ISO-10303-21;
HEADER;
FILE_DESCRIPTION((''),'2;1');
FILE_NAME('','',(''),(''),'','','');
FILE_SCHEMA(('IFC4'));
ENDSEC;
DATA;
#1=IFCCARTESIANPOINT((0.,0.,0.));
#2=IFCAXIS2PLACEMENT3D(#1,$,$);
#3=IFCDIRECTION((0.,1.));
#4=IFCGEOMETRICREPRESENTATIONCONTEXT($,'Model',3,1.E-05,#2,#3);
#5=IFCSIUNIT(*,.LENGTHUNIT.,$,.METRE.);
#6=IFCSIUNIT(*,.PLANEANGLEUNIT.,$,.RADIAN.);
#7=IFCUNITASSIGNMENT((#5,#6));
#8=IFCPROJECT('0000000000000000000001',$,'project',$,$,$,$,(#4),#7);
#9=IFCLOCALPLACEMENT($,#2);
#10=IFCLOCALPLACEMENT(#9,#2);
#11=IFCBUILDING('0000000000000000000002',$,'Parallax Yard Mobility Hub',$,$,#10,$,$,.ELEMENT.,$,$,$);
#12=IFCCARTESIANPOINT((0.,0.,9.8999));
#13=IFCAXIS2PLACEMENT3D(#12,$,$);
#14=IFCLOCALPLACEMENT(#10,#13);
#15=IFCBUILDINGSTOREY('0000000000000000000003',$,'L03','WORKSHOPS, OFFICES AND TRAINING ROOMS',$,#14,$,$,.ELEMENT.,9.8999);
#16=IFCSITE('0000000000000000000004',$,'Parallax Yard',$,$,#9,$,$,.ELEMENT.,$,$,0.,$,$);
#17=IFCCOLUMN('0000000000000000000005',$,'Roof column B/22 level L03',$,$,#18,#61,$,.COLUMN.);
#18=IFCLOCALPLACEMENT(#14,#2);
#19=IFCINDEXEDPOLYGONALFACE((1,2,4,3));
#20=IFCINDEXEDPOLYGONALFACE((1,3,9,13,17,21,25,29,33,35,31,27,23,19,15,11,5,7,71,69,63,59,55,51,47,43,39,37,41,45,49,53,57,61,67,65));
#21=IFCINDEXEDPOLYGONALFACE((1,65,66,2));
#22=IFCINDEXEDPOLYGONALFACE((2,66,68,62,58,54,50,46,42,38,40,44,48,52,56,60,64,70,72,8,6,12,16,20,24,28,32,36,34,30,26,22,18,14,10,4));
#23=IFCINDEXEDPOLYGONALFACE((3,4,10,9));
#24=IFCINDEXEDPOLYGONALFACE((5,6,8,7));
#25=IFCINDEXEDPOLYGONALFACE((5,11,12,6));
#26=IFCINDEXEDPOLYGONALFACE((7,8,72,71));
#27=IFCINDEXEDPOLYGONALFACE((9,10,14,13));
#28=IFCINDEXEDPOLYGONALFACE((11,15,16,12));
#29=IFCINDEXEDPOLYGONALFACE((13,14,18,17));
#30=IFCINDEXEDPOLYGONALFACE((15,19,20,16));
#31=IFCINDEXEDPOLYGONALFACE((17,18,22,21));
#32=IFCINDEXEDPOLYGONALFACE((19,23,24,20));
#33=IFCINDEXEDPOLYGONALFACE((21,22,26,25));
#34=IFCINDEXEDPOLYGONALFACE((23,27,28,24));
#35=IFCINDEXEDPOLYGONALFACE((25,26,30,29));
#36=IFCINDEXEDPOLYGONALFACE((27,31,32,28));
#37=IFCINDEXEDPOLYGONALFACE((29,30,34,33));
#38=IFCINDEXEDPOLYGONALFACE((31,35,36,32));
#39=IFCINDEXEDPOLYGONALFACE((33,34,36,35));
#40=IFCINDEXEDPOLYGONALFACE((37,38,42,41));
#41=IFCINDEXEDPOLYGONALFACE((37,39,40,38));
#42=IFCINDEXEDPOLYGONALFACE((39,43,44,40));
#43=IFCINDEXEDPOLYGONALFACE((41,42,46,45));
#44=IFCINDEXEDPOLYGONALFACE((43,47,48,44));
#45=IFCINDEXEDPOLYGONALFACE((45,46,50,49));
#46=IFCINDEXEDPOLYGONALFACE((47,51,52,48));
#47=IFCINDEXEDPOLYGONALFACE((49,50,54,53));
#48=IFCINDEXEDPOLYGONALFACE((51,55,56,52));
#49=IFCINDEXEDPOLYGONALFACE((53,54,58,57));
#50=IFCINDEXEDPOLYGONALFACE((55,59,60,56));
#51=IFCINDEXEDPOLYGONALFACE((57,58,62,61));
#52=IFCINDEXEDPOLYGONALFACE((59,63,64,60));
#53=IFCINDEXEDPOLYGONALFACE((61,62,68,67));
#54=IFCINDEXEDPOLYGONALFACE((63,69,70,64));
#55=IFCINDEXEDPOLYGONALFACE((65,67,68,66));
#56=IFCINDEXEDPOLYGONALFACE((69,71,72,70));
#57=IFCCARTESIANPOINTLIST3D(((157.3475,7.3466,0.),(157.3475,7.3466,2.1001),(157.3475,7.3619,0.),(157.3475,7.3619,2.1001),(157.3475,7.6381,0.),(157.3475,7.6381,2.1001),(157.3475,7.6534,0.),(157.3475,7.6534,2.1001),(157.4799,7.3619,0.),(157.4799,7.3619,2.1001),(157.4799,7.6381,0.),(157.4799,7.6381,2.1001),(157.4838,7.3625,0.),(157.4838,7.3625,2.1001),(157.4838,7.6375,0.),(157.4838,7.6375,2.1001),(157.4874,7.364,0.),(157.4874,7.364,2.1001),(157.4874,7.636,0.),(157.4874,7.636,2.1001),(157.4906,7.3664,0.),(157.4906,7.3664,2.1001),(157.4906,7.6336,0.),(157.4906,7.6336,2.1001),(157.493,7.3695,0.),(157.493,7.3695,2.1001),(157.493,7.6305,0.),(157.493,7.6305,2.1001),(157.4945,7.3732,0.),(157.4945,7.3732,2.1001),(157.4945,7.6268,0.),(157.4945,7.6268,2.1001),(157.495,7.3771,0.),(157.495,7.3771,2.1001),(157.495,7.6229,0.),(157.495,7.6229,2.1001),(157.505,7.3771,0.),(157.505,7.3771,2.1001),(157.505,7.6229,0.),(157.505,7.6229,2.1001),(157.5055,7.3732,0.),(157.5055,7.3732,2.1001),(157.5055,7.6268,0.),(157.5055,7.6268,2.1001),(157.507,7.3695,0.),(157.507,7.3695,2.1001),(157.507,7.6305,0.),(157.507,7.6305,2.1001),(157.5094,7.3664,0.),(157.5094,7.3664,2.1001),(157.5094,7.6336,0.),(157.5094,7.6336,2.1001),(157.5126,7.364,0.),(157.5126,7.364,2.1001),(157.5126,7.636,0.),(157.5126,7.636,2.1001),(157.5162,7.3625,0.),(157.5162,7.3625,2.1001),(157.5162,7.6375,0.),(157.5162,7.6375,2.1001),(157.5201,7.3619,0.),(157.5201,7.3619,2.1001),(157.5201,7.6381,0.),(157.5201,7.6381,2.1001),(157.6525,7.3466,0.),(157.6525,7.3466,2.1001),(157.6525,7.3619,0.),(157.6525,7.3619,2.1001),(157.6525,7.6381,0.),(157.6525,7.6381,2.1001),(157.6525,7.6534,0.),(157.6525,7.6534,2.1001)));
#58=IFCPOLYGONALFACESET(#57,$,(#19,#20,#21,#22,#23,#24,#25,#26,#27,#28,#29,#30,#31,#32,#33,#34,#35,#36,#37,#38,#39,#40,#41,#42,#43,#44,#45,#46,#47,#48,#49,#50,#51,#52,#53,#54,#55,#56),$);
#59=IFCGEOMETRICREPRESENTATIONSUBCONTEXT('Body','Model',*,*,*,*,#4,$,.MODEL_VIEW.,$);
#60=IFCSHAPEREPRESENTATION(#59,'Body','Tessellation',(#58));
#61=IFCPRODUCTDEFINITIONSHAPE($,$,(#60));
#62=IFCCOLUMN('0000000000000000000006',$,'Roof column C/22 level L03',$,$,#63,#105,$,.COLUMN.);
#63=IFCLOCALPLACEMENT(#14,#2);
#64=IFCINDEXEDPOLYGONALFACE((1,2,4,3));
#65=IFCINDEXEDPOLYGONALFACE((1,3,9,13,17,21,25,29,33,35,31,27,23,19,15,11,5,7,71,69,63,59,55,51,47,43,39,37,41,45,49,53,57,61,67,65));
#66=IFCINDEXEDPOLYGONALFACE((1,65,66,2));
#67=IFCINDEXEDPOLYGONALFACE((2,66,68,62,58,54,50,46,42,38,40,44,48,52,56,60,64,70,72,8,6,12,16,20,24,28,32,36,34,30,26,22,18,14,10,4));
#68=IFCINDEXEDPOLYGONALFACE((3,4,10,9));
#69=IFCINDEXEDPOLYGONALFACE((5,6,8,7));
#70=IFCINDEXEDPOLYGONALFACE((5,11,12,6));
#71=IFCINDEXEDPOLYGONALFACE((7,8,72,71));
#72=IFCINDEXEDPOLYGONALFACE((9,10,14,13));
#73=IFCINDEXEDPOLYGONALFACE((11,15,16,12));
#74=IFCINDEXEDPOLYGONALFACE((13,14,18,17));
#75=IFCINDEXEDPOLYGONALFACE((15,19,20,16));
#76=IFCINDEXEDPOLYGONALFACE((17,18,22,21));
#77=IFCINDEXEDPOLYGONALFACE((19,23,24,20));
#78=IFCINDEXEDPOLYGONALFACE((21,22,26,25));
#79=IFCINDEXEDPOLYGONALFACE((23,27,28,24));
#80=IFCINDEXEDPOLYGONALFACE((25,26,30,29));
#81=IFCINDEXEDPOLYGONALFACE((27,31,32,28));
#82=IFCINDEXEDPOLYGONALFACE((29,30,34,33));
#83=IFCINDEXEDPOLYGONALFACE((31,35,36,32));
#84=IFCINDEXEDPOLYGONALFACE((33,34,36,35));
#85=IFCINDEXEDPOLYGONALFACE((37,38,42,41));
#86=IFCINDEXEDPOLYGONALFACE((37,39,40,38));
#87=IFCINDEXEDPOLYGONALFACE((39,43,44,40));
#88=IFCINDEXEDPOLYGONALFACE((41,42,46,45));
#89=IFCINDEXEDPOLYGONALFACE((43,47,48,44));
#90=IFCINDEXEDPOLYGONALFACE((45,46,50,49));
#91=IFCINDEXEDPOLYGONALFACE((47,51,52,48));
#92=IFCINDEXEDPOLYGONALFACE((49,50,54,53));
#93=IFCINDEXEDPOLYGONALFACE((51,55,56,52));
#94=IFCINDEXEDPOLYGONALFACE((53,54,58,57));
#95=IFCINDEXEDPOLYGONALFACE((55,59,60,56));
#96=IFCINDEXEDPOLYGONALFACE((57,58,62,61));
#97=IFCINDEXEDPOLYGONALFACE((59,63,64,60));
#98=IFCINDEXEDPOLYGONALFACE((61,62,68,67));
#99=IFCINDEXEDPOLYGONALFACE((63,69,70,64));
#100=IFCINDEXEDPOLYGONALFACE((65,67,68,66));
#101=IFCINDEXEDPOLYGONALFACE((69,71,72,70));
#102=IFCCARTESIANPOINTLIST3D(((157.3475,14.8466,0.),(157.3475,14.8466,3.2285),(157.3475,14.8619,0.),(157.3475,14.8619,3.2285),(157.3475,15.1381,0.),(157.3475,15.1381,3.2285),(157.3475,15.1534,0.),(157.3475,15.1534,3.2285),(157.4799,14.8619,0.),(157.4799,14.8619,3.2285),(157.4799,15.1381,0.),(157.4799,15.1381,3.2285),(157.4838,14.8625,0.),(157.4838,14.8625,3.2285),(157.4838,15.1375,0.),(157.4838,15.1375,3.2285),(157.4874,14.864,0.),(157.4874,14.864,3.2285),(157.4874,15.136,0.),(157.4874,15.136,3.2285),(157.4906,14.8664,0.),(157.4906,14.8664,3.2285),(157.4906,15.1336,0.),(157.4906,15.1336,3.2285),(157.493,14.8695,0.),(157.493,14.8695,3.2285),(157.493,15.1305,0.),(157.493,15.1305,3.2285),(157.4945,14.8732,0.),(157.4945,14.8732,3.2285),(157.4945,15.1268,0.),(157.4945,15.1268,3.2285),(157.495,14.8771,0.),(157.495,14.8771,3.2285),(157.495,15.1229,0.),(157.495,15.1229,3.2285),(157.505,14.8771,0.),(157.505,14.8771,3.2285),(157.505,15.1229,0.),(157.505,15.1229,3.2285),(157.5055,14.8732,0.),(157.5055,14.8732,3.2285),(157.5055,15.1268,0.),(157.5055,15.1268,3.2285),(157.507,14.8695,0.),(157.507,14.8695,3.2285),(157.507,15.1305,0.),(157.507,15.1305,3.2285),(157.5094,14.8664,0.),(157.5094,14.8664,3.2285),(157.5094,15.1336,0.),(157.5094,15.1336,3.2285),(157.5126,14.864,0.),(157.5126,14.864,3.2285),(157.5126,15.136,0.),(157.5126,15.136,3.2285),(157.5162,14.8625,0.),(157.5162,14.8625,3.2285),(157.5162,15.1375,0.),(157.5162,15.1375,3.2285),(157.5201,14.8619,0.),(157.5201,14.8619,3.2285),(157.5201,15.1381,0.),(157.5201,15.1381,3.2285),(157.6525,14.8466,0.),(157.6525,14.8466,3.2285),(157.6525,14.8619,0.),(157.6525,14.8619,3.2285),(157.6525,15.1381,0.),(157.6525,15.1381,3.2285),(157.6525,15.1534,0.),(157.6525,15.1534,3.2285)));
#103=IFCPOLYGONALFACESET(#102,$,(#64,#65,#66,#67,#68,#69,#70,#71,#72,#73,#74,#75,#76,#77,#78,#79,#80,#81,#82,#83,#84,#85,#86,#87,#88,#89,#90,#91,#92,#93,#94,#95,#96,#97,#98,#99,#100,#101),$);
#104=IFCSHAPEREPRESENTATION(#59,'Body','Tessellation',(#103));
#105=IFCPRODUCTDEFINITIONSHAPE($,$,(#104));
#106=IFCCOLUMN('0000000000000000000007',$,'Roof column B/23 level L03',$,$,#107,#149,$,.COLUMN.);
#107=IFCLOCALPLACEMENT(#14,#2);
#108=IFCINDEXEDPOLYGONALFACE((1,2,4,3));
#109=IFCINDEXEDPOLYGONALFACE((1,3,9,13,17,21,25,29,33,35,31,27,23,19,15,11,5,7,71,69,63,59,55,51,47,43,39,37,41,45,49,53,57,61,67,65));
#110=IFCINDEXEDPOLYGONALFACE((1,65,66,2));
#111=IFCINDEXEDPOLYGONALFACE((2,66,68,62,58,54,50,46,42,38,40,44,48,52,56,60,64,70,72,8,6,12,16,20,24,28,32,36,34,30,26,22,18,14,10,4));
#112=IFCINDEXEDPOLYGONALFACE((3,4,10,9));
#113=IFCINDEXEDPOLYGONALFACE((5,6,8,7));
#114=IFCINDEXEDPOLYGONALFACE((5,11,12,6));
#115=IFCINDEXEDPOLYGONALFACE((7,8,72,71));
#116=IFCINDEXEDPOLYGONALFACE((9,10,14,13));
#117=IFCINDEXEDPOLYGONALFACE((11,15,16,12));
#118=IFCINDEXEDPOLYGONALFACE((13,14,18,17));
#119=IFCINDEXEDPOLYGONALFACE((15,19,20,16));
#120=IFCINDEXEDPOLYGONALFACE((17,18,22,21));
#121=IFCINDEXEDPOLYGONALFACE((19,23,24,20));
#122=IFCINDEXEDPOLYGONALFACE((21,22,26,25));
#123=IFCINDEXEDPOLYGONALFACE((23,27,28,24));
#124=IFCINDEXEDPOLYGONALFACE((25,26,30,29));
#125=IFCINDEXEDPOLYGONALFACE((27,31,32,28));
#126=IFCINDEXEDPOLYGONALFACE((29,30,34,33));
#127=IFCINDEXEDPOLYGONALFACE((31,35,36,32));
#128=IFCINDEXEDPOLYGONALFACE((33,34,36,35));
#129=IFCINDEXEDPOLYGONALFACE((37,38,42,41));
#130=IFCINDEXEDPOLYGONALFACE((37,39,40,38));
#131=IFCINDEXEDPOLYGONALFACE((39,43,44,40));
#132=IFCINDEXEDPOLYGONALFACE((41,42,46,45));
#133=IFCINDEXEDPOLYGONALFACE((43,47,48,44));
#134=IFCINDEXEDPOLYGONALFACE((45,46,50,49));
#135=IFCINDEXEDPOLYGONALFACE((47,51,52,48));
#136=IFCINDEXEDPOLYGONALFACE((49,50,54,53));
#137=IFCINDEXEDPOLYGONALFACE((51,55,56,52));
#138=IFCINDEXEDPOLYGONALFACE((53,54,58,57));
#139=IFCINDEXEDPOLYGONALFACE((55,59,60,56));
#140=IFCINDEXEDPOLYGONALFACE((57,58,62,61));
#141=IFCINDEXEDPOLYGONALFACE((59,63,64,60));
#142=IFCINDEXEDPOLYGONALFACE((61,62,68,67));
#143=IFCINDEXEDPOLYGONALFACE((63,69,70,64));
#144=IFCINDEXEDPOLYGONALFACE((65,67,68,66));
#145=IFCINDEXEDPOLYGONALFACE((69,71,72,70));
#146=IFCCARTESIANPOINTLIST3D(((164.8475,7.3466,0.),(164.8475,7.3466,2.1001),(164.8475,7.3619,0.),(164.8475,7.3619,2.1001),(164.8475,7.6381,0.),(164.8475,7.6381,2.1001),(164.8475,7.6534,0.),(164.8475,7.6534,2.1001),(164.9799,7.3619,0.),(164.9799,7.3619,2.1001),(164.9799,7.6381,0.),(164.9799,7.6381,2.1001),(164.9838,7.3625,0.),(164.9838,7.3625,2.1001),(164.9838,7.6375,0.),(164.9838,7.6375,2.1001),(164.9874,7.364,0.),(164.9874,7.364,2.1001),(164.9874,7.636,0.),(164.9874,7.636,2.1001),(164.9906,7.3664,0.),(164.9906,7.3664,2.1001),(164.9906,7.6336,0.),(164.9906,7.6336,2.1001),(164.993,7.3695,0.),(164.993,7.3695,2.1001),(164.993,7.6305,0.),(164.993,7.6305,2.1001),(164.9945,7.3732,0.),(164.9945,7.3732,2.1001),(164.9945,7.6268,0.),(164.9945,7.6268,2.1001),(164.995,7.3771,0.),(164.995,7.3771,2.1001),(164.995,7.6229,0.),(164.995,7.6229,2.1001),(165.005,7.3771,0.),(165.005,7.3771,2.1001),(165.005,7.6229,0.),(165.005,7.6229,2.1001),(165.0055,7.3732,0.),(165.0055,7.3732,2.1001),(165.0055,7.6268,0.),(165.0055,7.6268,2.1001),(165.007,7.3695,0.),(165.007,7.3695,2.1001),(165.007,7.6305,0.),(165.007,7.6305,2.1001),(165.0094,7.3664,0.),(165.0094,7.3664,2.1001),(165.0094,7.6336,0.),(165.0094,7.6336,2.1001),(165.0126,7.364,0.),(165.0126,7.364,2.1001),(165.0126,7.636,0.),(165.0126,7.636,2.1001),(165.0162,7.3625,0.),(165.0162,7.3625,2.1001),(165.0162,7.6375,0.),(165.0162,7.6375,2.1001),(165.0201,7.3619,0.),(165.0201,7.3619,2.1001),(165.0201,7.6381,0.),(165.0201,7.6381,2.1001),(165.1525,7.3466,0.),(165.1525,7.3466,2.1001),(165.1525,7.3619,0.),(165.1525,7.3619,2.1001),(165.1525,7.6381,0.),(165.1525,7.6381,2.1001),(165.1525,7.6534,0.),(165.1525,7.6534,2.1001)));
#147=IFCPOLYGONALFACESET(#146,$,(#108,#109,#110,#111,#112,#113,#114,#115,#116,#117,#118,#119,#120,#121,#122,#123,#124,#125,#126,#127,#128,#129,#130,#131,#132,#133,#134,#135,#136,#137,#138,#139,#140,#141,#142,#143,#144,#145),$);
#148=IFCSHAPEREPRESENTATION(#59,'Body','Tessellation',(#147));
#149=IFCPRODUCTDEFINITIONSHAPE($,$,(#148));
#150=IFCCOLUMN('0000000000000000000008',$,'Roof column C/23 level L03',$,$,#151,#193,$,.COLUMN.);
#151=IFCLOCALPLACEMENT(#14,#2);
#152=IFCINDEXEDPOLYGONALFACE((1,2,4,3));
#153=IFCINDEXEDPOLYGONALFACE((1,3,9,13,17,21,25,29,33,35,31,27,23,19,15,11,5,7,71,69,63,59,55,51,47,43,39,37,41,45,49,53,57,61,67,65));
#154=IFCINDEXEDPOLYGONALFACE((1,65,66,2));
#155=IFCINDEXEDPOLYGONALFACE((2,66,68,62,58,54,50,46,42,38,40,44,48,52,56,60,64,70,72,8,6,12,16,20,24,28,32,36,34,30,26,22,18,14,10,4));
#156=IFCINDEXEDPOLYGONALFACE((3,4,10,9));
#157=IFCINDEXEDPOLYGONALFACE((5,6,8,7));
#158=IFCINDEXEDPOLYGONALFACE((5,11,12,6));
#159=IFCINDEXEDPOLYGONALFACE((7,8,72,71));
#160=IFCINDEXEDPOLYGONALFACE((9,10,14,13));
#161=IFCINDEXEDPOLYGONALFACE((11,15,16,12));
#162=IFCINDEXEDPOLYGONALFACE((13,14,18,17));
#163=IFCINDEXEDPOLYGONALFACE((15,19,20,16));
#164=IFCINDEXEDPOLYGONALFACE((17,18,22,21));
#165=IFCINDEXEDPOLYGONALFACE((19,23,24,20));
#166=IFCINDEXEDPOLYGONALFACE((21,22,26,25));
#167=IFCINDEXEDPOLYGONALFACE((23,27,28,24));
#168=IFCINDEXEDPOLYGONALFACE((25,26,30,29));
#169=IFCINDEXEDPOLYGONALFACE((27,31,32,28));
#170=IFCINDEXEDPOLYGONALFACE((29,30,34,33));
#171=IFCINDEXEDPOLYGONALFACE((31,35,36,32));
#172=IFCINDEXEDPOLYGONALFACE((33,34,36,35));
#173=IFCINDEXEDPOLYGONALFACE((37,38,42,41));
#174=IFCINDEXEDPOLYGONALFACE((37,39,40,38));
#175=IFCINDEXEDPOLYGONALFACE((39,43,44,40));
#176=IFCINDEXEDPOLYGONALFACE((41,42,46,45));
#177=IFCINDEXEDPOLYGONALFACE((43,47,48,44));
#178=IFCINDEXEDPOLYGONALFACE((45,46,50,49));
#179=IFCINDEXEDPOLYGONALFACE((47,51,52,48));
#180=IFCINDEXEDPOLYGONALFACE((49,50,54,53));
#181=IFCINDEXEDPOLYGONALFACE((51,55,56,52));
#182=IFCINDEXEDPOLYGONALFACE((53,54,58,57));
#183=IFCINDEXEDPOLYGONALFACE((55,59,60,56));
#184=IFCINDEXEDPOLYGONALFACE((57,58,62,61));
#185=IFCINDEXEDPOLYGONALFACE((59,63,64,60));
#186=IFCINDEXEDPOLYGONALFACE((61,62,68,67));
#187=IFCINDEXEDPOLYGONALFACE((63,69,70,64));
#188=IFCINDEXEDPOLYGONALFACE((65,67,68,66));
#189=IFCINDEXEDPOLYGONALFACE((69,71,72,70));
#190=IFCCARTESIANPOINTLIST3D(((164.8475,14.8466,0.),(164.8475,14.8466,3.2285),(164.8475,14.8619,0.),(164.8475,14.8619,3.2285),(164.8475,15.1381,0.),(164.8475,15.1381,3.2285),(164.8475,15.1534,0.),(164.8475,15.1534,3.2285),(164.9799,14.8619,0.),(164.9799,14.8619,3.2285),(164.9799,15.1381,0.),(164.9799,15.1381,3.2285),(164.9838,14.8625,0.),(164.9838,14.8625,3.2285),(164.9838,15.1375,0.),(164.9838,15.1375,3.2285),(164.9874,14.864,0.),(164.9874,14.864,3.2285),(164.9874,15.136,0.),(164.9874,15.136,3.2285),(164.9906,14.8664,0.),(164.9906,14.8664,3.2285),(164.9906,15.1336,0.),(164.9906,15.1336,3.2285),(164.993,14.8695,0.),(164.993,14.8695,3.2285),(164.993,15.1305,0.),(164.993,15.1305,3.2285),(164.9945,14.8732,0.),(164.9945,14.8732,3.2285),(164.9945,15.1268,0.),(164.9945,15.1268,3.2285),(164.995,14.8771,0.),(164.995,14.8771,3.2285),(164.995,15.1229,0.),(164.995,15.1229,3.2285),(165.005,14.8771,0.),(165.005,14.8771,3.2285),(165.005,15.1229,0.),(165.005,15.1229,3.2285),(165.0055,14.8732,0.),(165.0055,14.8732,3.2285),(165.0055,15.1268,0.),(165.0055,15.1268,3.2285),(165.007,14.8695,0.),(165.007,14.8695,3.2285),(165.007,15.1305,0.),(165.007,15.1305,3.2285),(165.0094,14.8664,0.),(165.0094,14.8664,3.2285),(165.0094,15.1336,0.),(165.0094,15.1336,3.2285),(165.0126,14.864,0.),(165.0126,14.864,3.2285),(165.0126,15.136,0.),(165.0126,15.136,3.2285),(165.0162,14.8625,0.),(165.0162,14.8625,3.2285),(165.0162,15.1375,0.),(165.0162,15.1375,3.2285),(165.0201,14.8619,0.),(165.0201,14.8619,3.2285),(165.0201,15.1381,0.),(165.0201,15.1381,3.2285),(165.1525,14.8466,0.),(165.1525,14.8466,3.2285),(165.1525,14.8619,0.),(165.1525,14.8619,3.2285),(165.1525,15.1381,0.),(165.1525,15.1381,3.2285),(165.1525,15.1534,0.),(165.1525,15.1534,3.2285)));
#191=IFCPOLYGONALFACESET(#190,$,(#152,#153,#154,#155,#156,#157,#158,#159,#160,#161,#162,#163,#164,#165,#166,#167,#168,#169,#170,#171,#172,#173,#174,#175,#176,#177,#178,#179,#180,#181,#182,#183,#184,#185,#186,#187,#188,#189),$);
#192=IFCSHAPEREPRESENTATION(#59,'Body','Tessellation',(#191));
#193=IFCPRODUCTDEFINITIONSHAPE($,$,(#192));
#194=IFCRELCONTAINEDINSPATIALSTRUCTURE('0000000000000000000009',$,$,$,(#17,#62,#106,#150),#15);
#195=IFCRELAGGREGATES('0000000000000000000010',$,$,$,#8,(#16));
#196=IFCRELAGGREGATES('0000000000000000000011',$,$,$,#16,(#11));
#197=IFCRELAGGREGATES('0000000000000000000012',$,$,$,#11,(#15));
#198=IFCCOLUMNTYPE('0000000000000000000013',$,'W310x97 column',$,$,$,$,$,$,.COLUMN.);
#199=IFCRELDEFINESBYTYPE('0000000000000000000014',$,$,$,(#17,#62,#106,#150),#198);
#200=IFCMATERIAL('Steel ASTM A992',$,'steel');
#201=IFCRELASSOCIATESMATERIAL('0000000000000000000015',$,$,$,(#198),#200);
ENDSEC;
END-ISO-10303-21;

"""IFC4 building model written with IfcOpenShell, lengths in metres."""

from ifc_helpers import new_model, si_unit, direction, frame, origin, origin_2d, place, context, subcontext, project, spatial, i_section, extrude, material, material_profile, profile_set, type_object, element, save


model = new_model("IFC4")

# Units and contexts
model_context = context("Model", 3, precision=1e-05, world=origin(), true_north=direction((0.0, 1.0)))
body_context = subcontext(model_context, "Body", "Model", "MODEL_VIEW")
ifc_project = project(units=[si_unit("LENGTHUNIT", "METRE"), si_unit("PLANEANGLEUNIT", "RADIAN")], contexts=[model_context])

# Site, building, storey
site_placement = place(None, origin())
site = spatial("IfcSite", under=ifc_project, at=site_placement, Name="Parallax Yard", CompositionType="ELEMENT", RefElevation=0.0)
building_placement = place(site_placement, origin())
building = spatial("IfcBuilding", under=site, at=building_placement, Name="Parallax Yard Mobility Hub", CompositionType="ELEMENT")
storey_placement = place(building_placement, frame((0.0, 0.0, 9.8999)))
storey = spatial("IfcBuildingStorey", under=building, at=storey_placement, Name="L03", Description="WORKSHOPS, OFFICES AND TRAINING ROOMS", CompositionType="ELEMENT", Elevation=9.8999)

# Columns
ifc_material_1 = material(Name="Steel ASTM A992", Category="steel")
ifc_material_profile_1 = material_profile(ifc_material_1, i_section(OverallWidth=0.3049, OverallDepth=0.3069, WebThickness=0.01, FlangeThickness=0.0154, FilletRadius=0.0151, at=origin_2d()), Name="W310x97")
ifc_profile_set_1 = profile_set([ifc_material_profile_1], Name="Steel ASTM A992")
column_type = type_object("IfcColumnType", Name="W310x97 column", PredefinedType="COLUMN", material=ifc_profile_set_1)
column_1_placement = place(storey_placement, frame((157.5, 7.5, 0.0), z_axis=(0.0, 0.0, 1.0), x_axis=(1.0, 0.0, 0.0)))
element("IfcColumn", 1, at=column_1_placement, inside=storey, type_object=column_type, Name="Roof column B/22 level L03", PredefinedType="COLUMN", context=body_context, shape_type="SweptSolid", body=[
    extrude(i_section(OverallWidth=0.3049, OverallDepth=0.3069, WebThickness=0.01, FlangeThickness=0.0154, FilletRadius=0.0151, at=origin_2d()), origin(), (0.0, 0.0, 1.0), 2.1001),
])
column_2_placement = place(storey_placement, frame((157.5, 15.0, 0.0), z_axis=(0.0, 0.0, 1.0), x_axis=(1.0, 0.0, 0.0)))
element("IfcColumn", 2, at=column_2_placement, inside=storey, type_object=column_type, Name="Roof column C/22 level L03", PredefinedType="COLUMN", context=body_context, shape_type="SweptSolid", body=[
    extrude(i_section(OverallWidth=0.3049, OverallDepth=0.3069, WebThickness=0.01, FlangeThickness=0.0154, FilletRadius=0.0151, at=origin_2d()), origin(), (0.0, 0.0, 1.0), 3.2285),
])
column_3_placement = place(storey_placement, frame((165.0, 7.5, 0.0), z_axis=(0.0, 0.0, 1.0), x_axis=(1.0, 0.0, 0.0)))
element("IfcColumn", 3, at=column_3_placement, inside=storey, type_object=column_type, Name="Roof column B/23 level L03", PredefinedType="COLUMN", context=body_context, shape_type="SweptSolid", body=[
    extrude(i_section(OverallWidth=0.3049, OverallDepth=0.3069, WebThickness=0.01, FlangeThickness=0.0154, FilletRadius=0.0151, at=origin_2d()), origin(), (0.0, 0.0, 1.0), 2.1001),
])
column_4_placement = place(storey_placement, frame((165.0, 15.0, 0.0), z_axis=(0.0, 0.0, 1.0), x_axis=(1.0, 0.0, 0.0)))
element("IfcColumn", 4, at=column_4_placement, inside=storey, type_object=column_type, Name="Roof column C/23 level L03", PredefinedType="COLUMN", context=body_context, shape_type="SweptSolid", body=[
    extrude(i_section(OverallWidth=0.3049, OverallDepth=0.3069, WebThickness=0.01, FlangeThickness=0.0154, FilletRadius=0.0151, at=origin_2d()), origin(), (0.0, 0.0, 1.0), 3.2285),
])

save(model, "model.ifc")
